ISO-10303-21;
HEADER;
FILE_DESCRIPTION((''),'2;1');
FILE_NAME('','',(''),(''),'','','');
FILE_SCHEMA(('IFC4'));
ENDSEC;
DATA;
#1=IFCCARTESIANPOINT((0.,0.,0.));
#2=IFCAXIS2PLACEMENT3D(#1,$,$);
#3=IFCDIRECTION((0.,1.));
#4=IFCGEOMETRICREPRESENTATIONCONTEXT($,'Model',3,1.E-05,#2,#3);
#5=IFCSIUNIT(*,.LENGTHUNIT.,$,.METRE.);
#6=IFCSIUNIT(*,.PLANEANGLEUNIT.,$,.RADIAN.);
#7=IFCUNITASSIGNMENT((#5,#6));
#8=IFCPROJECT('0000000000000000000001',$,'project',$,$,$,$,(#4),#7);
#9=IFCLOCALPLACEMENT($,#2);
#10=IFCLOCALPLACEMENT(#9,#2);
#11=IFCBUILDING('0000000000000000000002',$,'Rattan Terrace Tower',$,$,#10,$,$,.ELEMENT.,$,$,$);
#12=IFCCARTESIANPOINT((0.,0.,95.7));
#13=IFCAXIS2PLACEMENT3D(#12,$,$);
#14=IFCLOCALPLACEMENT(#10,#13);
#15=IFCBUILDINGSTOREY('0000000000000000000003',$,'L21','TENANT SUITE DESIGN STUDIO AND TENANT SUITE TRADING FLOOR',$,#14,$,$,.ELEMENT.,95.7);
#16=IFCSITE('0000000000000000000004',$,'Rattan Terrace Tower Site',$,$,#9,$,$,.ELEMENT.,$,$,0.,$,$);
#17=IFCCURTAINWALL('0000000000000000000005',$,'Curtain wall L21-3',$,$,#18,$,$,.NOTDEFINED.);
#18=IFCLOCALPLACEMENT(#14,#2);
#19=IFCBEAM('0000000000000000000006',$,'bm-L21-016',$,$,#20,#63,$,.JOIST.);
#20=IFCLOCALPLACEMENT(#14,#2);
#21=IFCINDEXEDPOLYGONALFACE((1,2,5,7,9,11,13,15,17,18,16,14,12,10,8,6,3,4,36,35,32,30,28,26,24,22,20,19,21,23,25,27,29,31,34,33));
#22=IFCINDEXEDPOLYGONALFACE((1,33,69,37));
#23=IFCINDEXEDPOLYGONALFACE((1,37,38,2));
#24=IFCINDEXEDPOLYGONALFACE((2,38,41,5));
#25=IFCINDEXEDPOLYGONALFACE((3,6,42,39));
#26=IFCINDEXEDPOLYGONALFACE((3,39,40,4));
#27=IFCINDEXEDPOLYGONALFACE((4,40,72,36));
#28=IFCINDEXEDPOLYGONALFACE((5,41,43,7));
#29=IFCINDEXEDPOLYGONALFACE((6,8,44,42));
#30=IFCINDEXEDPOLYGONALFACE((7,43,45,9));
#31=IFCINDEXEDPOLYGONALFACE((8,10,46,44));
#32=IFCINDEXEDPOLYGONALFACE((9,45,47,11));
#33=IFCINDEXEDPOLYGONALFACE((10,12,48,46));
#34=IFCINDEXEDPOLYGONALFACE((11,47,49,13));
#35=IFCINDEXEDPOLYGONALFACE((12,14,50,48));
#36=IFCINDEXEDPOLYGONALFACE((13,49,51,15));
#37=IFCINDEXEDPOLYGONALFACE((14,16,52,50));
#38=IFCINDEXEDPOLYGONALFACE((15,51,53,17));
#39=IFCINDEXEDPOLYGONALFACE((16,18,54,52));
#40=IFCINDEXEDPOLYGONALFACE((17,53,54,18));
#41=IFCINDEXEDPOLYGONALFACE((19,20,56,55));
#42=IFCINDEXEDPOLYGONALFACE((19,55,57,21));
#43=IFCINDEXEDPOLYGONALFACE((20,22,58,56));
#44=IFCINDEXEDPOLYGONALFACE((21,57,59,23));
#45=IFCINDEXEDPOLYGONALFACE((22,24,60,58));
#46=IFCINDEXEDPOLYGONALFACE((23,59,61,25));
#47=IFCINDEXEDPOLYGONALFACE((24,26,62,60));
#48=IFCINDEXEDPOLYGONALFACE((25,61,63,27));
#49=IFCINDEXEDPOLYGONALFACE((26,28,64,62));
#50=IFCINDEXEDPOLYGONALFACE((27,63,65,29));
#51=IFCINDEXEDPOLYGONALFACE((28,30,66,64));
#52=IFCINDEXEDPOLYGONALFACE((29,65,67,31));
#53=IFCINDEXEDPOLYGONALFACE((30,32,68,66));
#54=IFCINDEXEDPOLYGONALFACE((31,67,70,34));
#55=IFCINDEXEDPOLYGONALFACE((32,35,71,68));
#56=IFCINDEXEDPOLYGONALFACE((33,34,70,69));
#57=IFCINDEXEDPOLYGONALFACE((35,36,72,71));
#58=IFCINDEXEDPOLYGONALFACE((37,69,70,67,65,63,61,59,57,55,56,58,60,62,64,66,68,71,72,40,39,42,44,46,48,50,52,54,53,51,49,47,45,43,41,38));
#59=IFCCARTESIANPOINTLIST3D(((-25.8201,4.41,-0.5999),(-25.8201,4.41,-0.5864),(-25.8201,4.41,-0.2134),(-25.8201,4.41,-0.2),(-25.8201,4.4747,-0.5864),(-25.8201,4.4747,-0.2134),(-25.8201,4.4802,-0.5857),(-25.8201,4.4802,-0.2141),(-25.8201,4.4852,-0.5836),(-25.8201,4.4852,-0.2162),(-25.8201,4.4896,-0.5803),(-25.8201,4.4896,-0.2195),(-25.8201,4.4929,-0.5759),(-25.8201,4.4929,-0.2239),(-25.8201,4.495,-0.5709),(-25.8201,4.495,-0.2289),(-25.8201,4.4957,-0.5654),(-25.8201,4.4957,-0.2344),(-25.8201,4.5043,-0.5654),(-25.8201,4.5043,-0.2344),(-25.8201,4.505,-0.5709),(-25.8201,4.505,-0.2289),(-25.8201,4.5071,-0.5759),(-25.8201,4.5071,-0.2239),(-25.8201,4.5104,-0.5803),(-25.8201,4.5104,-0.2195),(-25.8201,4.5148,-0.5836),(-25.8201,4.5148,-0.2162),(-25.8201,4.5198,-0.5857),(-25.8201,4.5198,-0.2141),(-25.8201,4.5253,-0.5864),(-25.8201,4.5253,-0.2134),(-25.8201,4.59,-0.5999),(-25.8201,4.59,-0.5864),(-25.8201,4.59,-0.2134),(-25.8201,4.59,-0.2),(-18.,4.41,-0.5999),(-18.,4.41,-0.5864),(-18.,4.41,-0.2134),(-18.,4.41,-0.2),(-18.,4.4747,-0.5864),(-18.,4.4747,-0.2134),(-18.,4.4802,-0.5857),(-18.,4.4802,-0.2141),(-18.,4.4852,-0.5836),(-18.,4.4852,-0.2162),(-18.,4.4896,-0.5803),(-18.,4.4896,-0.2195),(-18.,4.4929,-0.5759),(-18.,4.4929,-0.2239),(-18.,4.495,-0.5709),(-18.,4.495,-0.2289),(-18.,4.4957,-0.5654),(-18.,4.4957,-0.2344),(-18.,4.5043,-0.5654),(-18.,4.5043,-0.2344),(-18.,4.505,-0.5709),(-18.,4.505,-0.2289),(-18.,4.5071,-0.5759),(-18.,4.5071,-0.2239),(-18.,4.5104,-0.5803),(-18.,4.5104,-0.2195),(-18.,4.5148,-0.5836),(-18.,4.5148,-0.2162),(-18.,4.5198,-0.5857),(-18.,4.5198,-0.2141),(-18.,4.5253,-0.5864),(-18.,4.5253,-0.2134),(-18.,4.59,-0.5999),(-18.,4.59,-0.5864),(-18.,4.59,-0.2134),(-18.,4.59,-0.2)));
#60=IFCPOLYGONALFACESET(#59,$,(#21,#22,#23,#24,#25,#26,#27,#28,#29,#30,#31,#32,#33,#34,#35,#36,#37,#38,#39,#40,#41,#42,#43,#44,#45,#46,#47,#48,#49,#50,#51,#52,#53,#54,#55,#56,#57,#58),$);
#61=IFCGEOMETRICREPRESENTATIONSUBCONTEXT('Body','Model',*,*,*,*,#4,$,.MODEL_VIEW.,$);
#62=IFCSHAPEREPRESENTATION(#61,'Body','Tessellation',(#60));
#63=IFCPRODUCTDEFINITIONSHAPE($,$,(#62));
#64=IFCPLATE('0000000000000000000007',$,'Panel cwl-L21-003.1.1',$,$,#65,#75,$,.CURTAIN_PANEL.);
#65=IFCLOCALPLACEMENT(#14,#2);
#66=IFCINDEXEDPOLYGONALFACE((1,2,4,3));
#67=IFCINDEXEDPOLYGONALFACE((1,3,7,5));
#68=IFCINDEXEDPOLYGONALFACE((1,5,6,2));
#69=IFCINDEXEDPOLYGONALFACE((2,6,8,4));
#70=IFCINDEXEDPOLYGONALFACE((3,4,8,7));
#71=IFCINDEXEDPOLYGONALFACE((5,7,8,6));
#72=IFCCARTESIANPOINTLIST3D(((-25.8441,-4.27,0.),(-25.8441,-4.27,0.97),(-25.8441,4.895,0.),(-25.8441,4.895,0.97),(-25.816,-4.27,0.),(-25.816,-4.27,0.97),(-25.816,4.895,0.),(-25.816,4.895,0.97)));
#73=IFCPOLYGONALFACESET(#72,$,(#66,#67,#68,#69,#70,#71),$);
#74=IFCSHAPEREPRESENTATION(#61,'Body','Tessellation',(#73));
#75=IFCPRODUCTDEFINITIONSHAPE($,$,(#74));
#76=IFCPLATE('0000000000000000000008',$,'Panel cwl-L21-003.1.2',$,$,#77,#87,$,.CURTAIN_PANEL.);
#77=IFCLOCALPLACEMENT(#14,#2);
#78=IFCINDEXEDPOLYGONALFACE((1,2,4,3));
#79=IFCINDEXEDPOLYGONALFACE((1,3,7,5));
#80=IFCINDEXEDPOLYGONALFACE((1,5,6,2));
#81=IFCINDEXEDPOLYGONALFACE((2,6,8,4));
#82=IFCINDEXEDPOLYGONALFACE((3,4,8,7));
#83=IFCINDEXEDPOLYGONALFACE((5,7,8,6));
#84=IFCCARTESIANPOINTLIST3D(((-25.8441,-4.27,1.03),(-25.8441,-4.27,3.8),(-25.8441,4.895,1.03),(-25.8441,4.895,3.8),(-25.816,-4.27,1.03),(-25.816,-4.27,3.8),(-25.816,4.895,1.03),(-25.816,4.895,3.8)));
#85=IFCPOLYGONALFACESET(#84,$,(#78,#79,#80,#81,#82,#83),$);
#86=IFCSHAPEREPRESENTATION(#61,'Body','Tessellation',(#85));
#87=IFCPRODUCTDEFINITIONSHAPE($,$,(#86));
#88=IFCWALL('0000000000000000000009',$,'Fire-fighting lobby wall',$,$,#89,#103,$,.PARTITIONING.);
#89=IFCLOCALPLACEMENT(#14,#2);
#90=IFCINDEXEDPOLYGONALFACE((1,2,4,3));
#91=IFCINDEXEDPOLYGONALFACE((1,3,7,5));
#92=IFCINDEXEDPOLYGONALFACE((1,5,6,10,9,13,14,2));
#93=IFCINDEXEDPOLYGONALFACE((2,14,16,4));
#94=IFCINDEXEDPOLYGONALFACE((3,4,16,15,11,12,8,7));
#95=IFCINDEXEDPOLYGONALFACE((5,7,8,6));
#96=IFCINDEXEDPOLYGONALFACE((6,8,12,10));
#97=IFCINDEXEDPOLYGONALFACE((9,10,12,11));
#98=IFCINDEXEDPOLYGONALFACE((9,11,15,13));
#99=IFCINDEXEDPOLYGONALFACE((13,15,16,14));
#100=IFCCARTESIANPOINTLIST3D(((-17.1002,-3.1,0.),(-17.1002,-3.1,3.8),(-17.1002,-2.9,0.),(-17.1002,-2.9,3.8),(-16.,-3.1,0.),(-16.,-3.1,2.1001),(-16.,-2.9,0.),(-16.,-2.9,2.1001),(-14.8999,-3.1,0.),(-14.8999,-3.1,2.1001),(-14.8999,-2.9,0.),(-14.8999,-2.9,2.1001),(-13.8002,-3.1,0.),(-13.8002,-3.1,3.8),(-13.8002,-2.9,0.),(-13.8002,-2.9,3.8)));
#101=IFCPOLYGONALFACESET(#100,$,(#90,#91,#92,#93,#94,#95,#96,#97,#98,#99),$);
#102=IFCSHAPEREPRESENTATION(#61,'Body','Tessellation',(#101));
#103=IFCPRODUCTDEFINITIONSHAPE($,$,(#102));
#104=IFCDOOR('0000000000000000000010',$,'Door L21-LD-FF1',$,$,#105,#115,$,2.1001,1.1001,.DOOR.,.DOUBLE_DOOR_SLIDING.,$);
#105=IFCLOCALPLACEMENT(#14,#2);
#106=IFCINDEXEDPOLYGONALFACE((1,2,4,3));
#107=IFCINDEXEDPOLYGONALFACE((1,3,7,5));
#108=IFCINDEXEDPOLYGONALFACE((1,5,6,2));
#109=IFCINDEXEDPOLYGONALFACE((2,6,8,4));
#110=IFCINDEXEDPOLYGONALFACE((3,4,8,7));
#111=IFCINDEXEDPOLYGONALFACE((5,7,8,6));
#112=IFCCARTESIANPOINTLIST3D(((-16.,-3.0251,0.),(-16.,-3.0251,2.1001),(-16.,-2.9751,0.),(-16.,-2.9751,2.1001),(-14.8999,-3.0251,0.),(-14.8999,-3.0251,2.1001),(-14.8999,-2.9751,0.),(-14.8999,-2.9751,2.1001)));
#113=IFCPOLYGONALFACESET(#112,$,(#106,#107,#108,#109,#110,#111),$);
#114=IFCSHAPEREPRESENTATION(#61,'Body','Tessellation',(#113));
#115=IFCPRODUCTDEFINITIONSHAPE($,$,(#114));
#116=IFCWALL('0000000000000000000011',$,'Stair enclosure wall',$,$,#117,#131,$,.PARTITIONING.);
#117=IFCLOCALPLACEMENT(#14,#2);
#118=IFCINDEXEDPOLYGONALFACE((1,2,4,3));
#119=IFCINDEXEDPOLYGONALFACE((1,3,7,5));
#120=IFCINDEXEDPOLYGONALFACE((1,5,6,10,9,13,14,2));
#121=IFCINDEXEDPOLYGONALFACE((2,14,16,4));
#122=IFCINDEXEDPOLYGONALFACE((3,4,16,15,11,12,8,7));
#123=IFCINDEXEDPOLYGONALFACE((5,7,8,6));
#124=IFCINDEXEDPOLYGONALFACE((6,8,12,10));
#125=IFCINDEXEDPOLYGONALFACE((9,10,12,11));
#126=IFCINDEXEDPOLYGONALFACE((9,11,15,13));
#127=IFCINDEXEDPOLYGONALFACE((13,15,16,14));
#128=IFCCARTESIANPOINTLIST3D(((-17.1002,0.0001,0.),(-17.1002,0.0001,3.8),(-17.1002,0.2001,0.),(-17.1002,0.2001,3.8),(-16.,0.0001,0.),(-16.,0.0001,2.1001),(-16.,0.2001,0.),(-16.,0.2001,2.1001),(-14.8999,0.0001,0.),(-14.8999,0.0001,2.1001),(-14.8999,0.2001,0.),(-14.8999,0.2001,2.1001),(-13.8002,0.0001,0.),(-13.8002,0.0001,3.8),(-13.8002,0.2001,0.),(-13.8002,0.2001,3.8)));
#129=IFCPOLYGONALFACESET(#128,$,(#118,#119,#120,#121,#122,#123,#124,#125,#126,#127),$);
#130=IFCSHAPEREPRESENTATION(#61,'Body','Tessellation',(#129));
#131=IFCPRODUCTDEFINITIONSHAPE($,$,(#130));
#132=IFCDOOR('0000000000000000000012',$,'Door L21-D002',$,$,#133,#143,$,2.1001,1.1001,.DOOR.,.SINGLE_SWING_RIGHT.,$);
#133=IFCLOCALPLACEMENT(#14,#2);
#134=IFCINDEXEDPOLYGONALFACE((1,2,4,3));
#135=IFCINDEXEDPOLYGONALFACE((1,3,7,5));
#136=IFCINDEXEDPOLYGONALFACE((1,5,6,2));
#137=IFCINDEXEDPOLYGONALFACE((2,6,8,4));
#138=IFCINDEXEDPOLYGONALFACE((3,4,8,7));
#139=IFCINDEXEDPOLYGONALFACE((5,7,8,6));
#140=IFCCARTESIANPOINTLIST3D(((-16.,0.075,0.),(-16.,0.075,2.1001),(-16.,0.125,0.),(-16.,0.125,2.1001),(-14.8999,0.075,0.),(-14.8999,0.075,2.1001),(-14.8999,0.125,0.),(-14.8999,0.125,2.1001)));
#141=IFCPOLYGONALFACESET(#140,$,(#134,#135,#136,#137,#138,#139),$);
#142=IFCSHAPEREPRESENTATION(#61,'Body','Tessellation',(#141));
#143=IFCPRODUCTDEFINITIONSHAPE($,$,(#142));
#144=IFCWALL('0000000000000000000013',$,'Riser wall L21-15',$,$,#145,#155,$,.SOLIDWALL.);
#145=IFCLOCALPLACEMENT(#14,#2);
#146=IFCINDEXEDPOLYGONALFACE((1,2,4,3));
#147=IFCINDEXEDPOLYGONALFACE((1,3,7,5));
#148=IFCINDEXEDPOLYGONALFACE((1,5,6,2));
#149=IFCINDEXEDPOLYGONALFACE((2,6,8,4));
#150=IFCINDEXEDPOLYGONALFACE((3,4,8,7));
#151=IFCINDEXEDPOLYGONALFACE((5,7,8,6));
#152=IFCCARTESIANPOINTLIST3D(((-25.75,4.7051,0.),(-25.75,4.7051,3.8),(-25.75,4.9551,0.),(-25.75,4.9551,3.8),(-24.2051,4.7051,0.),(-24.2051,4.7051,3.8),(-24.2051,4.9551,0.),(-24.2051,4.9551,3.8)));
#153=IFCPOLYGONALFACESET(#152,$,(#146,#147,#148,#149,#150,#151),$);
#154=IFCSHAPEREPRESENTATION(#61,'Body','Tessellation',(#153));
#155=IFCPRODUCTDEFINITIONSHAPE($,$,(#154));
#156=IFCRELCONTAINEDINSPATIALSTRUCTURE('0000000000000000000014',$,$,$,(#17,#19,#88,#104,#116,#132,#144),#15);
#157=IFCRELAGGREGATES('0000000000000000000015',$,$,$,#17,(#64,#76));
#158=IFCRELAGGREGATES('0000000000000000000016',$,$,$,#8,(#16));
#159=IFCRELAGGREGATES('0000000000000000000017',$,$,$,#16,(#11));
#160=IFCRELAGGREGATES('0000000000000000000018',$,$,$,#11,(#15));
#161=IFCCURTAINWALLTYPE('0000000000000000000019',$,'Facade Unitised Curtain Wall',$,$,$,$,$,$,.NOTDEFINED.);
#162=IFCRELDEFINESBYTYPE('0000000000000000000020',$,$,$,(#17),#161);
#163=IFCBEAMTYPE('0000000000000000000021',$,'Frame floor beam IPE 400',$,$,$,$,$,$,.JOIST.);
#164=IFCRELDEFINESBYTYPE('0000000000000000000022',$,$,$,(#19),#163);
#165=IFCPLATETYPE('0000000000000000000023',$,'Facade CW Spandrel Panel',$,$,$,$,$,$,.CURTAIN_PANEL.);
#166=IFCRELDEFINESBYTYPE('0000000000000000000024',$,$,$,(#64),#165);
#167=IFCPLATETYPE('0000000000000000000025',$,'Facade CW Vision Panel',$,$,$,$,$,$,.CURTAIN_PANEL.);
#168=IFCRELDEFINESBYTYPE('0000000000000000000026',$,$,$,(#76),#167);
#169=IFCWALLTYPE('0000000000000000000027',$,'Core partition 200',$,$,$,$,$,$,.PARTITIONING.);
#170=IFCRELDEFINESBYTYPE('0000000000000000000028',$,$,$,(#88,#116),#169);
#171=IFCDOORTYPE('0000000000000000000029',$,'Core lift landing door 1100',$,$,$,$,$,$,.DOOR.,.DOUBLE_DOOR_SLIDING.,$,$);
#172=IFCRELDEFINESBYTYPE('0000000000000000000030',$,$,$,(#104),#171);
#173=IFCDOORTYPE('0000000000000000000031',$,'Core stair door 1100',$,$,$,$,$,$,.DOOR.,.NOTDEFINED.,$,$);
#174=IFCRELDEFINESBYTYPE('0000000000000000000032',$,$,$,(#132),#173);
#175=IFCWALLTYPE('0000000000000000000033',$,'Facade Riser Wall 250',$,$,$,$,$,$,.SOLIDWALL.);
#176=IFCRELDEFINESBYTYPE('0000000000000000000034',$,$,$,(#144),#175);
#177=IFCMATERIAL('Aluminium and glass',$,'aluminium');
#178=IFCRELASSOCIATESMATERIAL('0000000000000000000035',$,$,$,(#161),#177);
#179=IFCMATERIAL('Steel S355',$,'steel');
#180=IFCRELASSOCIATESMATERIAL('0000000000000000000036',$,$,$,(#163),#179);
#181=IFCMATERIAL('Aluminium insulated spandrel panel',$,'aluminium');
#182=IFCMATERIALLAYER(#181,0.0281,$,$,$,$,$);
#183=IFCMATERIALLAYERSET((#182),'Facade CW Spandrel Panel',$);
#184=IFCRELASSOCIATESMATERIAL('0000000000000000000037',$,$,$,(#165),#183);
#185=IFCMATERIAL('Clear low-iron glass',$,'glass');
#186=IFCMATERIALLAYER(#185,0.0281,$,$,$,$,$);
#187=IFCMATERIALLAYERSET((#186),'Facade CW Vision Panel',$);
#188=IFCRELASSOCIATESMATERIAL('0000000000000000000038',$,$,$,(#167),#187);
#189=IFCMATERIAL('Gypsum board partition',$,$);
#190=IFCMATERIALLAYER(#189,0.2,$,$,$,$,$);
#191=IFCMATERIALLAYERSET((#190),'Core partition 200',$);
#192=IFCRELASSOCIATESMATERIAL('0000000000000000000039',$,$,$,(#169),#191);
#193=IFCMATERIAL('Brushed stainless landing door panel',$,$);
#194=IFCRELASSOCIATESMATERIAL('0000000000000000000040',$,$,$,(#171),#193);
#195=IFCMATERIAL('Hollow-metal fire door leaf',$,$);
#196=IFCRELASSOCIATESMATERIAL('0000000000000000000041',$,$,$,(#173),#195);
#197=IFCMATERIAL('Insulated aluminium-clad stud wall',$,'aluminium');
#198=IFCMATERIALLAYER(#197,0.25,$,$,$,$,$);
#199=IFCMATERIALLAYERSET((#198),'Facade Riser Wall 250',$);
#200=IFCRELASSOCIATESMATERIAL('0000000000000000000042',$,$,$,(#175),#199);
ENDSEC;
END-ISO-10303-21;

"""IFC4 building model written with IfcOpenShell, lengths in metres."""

from ifc_helpers import new_model, si_unit, direction, frame, frame_2d, origin, origin_2d, place, context, subcontext, project, spatial, rectangle, i_section, extrude, material, layer, layer_set, material_profile, profile_set, type_object, element, fill, aggregate, save


model = new_model("IFC4")

# Units and contexts
model_context = context("Model", 3, precision=1e-05, world=origin(), true_north=direction((0.0, 1.0)))
body_context = subcontext(model_context, "Body", "Model", "MODEL_VIEW")
ifc_project = project(units=[si_unit("LENGTHUNIT", "METRE"), si_unit("PLANEANGLEUNIT", "RADIAN")], contexts=[model_context])

# Site, building, storey
site_placement = place(None, origin())
site = spatial("IfcSite", under=ifc_project, at=site_placement, Name="Rattan Terrace Tower Site", CompositionType="ELEMENT", RefElevation=0.0)
building_placement = place(site_placement, origin())
building = spatial("IfcBuilding", under=site, at=building_placement, Name="Rattan Terrace Tower", CompositionType="ELEMENT")
storey_placement = place(building_placement, frame((0.0, 0.0, 95.7)))
storey = spatial("IfcBuildingStorey", under=building, at=storey_placement, Name="L21", Description="TENANT SUITE DESIGN STUDIO AND TENANT SUITE TRADING FLOOR", CompositionType="ELEMENT", Elevation=95.7)

# Curtain wall
ifc_material_1 = material(Name="Aluminium and glass", Category="aluminium")
curtain_wall_type = type_object("IfcCurtainWallType", Name="Facade Unitised Curtain Wall", PredefinedType="NOTDEFINED", material=ifc_material_1)
curtain_wall_placement = place(storey_placement, origin())
curtain_wall = element("IfcCurtainWall", 1, at=curtain_wall_placement, inside=storey, type_object=curtain_wall_type, Name="Curtain wall L21-3", PredefinedType="NOTDEFINED")

# Beam
ifc_material_2 = material(Name="Steel S355", Category="steel")
ifc_material_profile_1 = material_profile(ifc_material_2, i_section(OverallWidth=0.1799, OverallDepth=0.3999, WebThickness=0.0085, FlangeThickness=0.0134, FilletRadius=0.021, at=origin_2d()), Name="IPE 400")
ifc_profile_set_1 = profile_set([ifc_material_profile_1], Name="Steel S355")
beam_type_1 = type_object("IfcBeamType", Name="Frame floor beam IPE 400", PredefinedType="JOIST", material=ifc_profile_set_1)
for number, where, z_axis, x_axis, name in (
    (2, (-25.8201, 4.5, -0.3999), (1.0, 0.0, 0.0), (0.0, 1.0, 0.0), "bm-L21-016"),
):
    element("IfcBeam", number, at=place(storey_placement, frame(where, z_axis=z_axis, x_axis=x_axis)), inside=storey, type_object=beam_type_1, Name=name, PredefinedType="JOIST", context=body_context, shape_type="SweptSolid", body=[
        extrude(i_section(OverallWidth=0.1799, OverallDepth=0.3999, WebThickness=0.0085, FlangeThickness=0.0134, FilletRadius=0.021, at=origin_2d()), origin(), (0.0, 0.0, 1.0), 7.8201),
    ])

# Plates
ifc_material_3 = material(Name="Aluminium insulated spandrel panel", Category="aluminium")
ifc_layer_1 = layer(ifc_material_3, 0.0281)
ifc_layer_set_1 = layer_set([ifc_layer_1], Name="Facade CW Spandrel Panel")
plate_type_1 = type_object("IfcPlateType", Name="Facade CW Spandrel Panel", PredefinedType="CURTAIN_PANEL", material=ifc_layer_set_1)
plate_1_placement = place(storey_placement, frame((-25.8301, 0.3125, 0.0), z_axis=(0.0, 0.0, 1.0), x_axis=(0.0, -1.0, 0.0)))
plate_1 = element("IfcPlate", 3, at=plate_1_placement, type_object=plate_type_1, Name="Panel cwl-L21-003.1.1", PredefinedType="CURTAIN_PANEL", context=body_context, shape_type="SweptSolid", body=[
    extrude(rectangle(XDim=9.165, YDim=0.0281, at=origin_2d()), origin(), (0.0, 0.0, 1.0), 0.97),
])
ifc_material_4 = material(Name="Clear low-iron glass", Category="glass")
ifc_layer_2 = layer(ifc_material_4, 0.0281)
ifc_layer_set_2 = layer_set([ifc_layer_2], Name="Facade CW Vision Panel")
plate_type_2 = type_object("IfcPlateType", Name="Facade CW Vision Panel", PredefinedType="CURTAIN_PANEL", material=ifc_layer_set_2)
plate_2_placement = place(storey_placement, frame((-25.8301, 0.3125, 1.03), z_axis=(0.0, 0.0, 1.0), x_axis=(0.0, -1.0, 0.0)))
plate_2 = element("IfcPlate", 4, at=plate_2_placement, type_object=plate_type_2, Name="Panel cwl-L21-003.1.2", PredefinedType="CURTAIN_PANEL", context=body_context, shape_type="SweptSolid", body=[
    extrude(rectangle(XDim=9.165, YDim=0.0281, at=origin_2d()), origin(), (0.0, 0.0, 1.0), 2.77),
])
aggregate(curtain_wall, [plate_1, plate_2])

# Walls, openings, doors
ifc_material_5 = material(Name="Gypsum board partition")
ifc_layer_3 = layer(ifc_material_5, 0.2)
ifc_layer_set_3 = layer_set([ifc_layer_3], Name="Core partition 200")
wall_type_1 = type_object("IfcWallType", Name="Core partition 200", PredefinedType="PARTITIONING", material=ifc_layer_set_3)
wall_1_placement = place(storey_placement, frame((-17.1001, -3.0, 0.0), z_axis=(0.0, 0.0, 1.0), x_axis=(1.0, 0.0, 0.0)))
wall_1 = element("IfcWall", 5, at=wall_1_placement, inside=storey, type_object=wall_type_1, Name="Fire-fighting lobby wall", PredefinedType="PARTITIONING", context=body_context, shape_type="SweptSolid", body=[
    extrude(rectangle(XDim=3.3, YDim=0.2, at=frame_2d((1.6499, 0.0))), origin(), (0.0, 0.0, 1.0), 3.8),
])
opening_1_placement = place(wall_1_placement, frame((1.1001, 0.0, 0.0)))
opening_1 = element("IfcOpeningElement", 6, at=opening_1_placement, cuts=wall_1, PredefinedType="OPENING", context=body_context, shape_type="SweptSolid", body=[
    extrude(rectangle(XDim=1.1001, YDim=2.1001, at=frame_2d((0.55, 1.05))), frame((0.0, 0.1106, 0.0), z_axis=(0.0, -1.0, 0.0), x_axis=(1.0, 0.0, 0.0)), (0.0, 0.0, 1.0), 0.2209),
])
ifc_material_6 = material(Name="Brushed stainless landing door panel")
door_type_1 = type_object("IfcDoorType", Name="Core lift landing door 1100", OperationType="DOUBLE_DOOR_SLIDING", PredefinedType="DOOR", material=ifc_material_6)
door_1_placement = place(opening_1_placement, origin())
door_1 = element("IfcDoor", 7, at=door_1_placement, inside=storey, type_object=door_type_1, Name="Door L21-LD-FF1", OperationType="DOUBLE_DOOR_SLIDING", OverallHeight=2.1001, OverallWidth=1.1001, PredefinedType="DOOR", context=body_context, shape_type="SweptSolid", body=[
    extrude(rectangle(XDim=1.1001, YDim=2.1001, at=frame_2d((0.55, 1.05))), frame((0.0, 0.0249, 0.0), z_axis=(0.0, -1.0, 0.0), x_axis=(1.0, 0.0, 0.0)), (0.0, 0.0, 1.0), 0.05),
])
fill(opening_1, door_1)
wall_2_placement = place(storey_placement, frame((-17.1001, 0.1001, 0.0), z_axis=(0.0, 0.0, 1.0), x_axis=(1.0, 0.0, 0.0)))
wall_2 = element("IfcWall", 8, at=wall_2_placement, inside=storey, type_object=wall_type_1, Name="Stair enclosure wall", PredefinedType="PARTITIONING", context=body_context, shape_type="SweptSolid", body=[
    extrude(rectangle(XDim=3.3, YDim=0.2, at=frame_2d((1.6499, 0.0))), origin(), (0.0, 0.0, 1.0), 3.8),
])
opening_2_placement = place(wall_2_placement, frame((1.1001, 0.0, 0.0)))
opening_2 = element("IfcOpeningElement", 9, at=opening_2_placement, cuts=wall_2, PredefinedType="OPENING", context=body_context, shape_type="SweptSolid", body=[
    extrude(rectangle(XDim=1.1001, YDim=2.1001, at=frame_2d((0.55, 1.05))), frame((0.0, 0.1106, 0.0), z_axis=(0.0, -1.0, 0.0), x_axis=(1.0, 0.0, 0.0)), (0.0, 0.0, 1.0), 0.2209),
])
ifc_material_7 = material(Name="Hollow-metal fire door leaf")
door_type_2 = type_object("IfcDoorType", Name="Core stair door 1100", OperationType="NOTDEFINED", PredefinedType="DOOR", material=ifc_material_7)
door_2_placement = place(opening_2_placement, origin())
door_2 = element("IfcDoor", 10, at=door_2_placement, inside=storey, type_object=door_type_2, Name="Door L21-D002", OperationType="SINGLE_SWING_RIGHT", OverallHeight=2.1001, OverallWidth=1.1001, PredefinedType="DOOR", context=body_context, shape_type="SweptSolid", body=[
    extrude(rectangle(XDim=1.1001, YDim=2.1001, at=frame_2d((0.55, 1.05))), frame((0.0, 0.0249, 0.0), z_axis=(0.0, -1.0, 0.0), x_axis=(1.0, 0.0, 0.0)), (0.0, 0.0, 1.0), 0.05),
])
fill(opening_2, door_2)

# Wall
ifc_material_8 = material(Name="Insulated aluminium-clad stud wall", Category="aluminium")
ifc_layer_4 = layer(ifc_material_8, 0.25)
ifc_layer_set_4 = layer_set([ifc_layer_4], Name="Facade Riser Wall 250")
wall_type_2 = type_object("IfcWallType", Name="Facade Riser Wall 250", PredefinedType="SOLIDWALL", material=ifc_layer_set_4)
wall_3_placement = place(storey_placement, frame((-24.2051, 4.8301, 0.0), z_axis=(0.0, 0.0, 1.0), x_axis=(-1.0, 0.0, 0.0)))
element("IfcWall", 11, at=wall_3_placement, inside=storey, type_object=wall_type_2, Name="Riser wall L21-15", PredefinedType="SOLIDWALL", context=body_context, shape_type="SweptSolid", body=[
    extrude(rectangle(XDim=1.5449, YDim=0.25, at=frame_2d((0.7725, 0.0))), origin(), (0.0, 0.0, 1.0), 3.8),
])

save(model, "model.ifc")
